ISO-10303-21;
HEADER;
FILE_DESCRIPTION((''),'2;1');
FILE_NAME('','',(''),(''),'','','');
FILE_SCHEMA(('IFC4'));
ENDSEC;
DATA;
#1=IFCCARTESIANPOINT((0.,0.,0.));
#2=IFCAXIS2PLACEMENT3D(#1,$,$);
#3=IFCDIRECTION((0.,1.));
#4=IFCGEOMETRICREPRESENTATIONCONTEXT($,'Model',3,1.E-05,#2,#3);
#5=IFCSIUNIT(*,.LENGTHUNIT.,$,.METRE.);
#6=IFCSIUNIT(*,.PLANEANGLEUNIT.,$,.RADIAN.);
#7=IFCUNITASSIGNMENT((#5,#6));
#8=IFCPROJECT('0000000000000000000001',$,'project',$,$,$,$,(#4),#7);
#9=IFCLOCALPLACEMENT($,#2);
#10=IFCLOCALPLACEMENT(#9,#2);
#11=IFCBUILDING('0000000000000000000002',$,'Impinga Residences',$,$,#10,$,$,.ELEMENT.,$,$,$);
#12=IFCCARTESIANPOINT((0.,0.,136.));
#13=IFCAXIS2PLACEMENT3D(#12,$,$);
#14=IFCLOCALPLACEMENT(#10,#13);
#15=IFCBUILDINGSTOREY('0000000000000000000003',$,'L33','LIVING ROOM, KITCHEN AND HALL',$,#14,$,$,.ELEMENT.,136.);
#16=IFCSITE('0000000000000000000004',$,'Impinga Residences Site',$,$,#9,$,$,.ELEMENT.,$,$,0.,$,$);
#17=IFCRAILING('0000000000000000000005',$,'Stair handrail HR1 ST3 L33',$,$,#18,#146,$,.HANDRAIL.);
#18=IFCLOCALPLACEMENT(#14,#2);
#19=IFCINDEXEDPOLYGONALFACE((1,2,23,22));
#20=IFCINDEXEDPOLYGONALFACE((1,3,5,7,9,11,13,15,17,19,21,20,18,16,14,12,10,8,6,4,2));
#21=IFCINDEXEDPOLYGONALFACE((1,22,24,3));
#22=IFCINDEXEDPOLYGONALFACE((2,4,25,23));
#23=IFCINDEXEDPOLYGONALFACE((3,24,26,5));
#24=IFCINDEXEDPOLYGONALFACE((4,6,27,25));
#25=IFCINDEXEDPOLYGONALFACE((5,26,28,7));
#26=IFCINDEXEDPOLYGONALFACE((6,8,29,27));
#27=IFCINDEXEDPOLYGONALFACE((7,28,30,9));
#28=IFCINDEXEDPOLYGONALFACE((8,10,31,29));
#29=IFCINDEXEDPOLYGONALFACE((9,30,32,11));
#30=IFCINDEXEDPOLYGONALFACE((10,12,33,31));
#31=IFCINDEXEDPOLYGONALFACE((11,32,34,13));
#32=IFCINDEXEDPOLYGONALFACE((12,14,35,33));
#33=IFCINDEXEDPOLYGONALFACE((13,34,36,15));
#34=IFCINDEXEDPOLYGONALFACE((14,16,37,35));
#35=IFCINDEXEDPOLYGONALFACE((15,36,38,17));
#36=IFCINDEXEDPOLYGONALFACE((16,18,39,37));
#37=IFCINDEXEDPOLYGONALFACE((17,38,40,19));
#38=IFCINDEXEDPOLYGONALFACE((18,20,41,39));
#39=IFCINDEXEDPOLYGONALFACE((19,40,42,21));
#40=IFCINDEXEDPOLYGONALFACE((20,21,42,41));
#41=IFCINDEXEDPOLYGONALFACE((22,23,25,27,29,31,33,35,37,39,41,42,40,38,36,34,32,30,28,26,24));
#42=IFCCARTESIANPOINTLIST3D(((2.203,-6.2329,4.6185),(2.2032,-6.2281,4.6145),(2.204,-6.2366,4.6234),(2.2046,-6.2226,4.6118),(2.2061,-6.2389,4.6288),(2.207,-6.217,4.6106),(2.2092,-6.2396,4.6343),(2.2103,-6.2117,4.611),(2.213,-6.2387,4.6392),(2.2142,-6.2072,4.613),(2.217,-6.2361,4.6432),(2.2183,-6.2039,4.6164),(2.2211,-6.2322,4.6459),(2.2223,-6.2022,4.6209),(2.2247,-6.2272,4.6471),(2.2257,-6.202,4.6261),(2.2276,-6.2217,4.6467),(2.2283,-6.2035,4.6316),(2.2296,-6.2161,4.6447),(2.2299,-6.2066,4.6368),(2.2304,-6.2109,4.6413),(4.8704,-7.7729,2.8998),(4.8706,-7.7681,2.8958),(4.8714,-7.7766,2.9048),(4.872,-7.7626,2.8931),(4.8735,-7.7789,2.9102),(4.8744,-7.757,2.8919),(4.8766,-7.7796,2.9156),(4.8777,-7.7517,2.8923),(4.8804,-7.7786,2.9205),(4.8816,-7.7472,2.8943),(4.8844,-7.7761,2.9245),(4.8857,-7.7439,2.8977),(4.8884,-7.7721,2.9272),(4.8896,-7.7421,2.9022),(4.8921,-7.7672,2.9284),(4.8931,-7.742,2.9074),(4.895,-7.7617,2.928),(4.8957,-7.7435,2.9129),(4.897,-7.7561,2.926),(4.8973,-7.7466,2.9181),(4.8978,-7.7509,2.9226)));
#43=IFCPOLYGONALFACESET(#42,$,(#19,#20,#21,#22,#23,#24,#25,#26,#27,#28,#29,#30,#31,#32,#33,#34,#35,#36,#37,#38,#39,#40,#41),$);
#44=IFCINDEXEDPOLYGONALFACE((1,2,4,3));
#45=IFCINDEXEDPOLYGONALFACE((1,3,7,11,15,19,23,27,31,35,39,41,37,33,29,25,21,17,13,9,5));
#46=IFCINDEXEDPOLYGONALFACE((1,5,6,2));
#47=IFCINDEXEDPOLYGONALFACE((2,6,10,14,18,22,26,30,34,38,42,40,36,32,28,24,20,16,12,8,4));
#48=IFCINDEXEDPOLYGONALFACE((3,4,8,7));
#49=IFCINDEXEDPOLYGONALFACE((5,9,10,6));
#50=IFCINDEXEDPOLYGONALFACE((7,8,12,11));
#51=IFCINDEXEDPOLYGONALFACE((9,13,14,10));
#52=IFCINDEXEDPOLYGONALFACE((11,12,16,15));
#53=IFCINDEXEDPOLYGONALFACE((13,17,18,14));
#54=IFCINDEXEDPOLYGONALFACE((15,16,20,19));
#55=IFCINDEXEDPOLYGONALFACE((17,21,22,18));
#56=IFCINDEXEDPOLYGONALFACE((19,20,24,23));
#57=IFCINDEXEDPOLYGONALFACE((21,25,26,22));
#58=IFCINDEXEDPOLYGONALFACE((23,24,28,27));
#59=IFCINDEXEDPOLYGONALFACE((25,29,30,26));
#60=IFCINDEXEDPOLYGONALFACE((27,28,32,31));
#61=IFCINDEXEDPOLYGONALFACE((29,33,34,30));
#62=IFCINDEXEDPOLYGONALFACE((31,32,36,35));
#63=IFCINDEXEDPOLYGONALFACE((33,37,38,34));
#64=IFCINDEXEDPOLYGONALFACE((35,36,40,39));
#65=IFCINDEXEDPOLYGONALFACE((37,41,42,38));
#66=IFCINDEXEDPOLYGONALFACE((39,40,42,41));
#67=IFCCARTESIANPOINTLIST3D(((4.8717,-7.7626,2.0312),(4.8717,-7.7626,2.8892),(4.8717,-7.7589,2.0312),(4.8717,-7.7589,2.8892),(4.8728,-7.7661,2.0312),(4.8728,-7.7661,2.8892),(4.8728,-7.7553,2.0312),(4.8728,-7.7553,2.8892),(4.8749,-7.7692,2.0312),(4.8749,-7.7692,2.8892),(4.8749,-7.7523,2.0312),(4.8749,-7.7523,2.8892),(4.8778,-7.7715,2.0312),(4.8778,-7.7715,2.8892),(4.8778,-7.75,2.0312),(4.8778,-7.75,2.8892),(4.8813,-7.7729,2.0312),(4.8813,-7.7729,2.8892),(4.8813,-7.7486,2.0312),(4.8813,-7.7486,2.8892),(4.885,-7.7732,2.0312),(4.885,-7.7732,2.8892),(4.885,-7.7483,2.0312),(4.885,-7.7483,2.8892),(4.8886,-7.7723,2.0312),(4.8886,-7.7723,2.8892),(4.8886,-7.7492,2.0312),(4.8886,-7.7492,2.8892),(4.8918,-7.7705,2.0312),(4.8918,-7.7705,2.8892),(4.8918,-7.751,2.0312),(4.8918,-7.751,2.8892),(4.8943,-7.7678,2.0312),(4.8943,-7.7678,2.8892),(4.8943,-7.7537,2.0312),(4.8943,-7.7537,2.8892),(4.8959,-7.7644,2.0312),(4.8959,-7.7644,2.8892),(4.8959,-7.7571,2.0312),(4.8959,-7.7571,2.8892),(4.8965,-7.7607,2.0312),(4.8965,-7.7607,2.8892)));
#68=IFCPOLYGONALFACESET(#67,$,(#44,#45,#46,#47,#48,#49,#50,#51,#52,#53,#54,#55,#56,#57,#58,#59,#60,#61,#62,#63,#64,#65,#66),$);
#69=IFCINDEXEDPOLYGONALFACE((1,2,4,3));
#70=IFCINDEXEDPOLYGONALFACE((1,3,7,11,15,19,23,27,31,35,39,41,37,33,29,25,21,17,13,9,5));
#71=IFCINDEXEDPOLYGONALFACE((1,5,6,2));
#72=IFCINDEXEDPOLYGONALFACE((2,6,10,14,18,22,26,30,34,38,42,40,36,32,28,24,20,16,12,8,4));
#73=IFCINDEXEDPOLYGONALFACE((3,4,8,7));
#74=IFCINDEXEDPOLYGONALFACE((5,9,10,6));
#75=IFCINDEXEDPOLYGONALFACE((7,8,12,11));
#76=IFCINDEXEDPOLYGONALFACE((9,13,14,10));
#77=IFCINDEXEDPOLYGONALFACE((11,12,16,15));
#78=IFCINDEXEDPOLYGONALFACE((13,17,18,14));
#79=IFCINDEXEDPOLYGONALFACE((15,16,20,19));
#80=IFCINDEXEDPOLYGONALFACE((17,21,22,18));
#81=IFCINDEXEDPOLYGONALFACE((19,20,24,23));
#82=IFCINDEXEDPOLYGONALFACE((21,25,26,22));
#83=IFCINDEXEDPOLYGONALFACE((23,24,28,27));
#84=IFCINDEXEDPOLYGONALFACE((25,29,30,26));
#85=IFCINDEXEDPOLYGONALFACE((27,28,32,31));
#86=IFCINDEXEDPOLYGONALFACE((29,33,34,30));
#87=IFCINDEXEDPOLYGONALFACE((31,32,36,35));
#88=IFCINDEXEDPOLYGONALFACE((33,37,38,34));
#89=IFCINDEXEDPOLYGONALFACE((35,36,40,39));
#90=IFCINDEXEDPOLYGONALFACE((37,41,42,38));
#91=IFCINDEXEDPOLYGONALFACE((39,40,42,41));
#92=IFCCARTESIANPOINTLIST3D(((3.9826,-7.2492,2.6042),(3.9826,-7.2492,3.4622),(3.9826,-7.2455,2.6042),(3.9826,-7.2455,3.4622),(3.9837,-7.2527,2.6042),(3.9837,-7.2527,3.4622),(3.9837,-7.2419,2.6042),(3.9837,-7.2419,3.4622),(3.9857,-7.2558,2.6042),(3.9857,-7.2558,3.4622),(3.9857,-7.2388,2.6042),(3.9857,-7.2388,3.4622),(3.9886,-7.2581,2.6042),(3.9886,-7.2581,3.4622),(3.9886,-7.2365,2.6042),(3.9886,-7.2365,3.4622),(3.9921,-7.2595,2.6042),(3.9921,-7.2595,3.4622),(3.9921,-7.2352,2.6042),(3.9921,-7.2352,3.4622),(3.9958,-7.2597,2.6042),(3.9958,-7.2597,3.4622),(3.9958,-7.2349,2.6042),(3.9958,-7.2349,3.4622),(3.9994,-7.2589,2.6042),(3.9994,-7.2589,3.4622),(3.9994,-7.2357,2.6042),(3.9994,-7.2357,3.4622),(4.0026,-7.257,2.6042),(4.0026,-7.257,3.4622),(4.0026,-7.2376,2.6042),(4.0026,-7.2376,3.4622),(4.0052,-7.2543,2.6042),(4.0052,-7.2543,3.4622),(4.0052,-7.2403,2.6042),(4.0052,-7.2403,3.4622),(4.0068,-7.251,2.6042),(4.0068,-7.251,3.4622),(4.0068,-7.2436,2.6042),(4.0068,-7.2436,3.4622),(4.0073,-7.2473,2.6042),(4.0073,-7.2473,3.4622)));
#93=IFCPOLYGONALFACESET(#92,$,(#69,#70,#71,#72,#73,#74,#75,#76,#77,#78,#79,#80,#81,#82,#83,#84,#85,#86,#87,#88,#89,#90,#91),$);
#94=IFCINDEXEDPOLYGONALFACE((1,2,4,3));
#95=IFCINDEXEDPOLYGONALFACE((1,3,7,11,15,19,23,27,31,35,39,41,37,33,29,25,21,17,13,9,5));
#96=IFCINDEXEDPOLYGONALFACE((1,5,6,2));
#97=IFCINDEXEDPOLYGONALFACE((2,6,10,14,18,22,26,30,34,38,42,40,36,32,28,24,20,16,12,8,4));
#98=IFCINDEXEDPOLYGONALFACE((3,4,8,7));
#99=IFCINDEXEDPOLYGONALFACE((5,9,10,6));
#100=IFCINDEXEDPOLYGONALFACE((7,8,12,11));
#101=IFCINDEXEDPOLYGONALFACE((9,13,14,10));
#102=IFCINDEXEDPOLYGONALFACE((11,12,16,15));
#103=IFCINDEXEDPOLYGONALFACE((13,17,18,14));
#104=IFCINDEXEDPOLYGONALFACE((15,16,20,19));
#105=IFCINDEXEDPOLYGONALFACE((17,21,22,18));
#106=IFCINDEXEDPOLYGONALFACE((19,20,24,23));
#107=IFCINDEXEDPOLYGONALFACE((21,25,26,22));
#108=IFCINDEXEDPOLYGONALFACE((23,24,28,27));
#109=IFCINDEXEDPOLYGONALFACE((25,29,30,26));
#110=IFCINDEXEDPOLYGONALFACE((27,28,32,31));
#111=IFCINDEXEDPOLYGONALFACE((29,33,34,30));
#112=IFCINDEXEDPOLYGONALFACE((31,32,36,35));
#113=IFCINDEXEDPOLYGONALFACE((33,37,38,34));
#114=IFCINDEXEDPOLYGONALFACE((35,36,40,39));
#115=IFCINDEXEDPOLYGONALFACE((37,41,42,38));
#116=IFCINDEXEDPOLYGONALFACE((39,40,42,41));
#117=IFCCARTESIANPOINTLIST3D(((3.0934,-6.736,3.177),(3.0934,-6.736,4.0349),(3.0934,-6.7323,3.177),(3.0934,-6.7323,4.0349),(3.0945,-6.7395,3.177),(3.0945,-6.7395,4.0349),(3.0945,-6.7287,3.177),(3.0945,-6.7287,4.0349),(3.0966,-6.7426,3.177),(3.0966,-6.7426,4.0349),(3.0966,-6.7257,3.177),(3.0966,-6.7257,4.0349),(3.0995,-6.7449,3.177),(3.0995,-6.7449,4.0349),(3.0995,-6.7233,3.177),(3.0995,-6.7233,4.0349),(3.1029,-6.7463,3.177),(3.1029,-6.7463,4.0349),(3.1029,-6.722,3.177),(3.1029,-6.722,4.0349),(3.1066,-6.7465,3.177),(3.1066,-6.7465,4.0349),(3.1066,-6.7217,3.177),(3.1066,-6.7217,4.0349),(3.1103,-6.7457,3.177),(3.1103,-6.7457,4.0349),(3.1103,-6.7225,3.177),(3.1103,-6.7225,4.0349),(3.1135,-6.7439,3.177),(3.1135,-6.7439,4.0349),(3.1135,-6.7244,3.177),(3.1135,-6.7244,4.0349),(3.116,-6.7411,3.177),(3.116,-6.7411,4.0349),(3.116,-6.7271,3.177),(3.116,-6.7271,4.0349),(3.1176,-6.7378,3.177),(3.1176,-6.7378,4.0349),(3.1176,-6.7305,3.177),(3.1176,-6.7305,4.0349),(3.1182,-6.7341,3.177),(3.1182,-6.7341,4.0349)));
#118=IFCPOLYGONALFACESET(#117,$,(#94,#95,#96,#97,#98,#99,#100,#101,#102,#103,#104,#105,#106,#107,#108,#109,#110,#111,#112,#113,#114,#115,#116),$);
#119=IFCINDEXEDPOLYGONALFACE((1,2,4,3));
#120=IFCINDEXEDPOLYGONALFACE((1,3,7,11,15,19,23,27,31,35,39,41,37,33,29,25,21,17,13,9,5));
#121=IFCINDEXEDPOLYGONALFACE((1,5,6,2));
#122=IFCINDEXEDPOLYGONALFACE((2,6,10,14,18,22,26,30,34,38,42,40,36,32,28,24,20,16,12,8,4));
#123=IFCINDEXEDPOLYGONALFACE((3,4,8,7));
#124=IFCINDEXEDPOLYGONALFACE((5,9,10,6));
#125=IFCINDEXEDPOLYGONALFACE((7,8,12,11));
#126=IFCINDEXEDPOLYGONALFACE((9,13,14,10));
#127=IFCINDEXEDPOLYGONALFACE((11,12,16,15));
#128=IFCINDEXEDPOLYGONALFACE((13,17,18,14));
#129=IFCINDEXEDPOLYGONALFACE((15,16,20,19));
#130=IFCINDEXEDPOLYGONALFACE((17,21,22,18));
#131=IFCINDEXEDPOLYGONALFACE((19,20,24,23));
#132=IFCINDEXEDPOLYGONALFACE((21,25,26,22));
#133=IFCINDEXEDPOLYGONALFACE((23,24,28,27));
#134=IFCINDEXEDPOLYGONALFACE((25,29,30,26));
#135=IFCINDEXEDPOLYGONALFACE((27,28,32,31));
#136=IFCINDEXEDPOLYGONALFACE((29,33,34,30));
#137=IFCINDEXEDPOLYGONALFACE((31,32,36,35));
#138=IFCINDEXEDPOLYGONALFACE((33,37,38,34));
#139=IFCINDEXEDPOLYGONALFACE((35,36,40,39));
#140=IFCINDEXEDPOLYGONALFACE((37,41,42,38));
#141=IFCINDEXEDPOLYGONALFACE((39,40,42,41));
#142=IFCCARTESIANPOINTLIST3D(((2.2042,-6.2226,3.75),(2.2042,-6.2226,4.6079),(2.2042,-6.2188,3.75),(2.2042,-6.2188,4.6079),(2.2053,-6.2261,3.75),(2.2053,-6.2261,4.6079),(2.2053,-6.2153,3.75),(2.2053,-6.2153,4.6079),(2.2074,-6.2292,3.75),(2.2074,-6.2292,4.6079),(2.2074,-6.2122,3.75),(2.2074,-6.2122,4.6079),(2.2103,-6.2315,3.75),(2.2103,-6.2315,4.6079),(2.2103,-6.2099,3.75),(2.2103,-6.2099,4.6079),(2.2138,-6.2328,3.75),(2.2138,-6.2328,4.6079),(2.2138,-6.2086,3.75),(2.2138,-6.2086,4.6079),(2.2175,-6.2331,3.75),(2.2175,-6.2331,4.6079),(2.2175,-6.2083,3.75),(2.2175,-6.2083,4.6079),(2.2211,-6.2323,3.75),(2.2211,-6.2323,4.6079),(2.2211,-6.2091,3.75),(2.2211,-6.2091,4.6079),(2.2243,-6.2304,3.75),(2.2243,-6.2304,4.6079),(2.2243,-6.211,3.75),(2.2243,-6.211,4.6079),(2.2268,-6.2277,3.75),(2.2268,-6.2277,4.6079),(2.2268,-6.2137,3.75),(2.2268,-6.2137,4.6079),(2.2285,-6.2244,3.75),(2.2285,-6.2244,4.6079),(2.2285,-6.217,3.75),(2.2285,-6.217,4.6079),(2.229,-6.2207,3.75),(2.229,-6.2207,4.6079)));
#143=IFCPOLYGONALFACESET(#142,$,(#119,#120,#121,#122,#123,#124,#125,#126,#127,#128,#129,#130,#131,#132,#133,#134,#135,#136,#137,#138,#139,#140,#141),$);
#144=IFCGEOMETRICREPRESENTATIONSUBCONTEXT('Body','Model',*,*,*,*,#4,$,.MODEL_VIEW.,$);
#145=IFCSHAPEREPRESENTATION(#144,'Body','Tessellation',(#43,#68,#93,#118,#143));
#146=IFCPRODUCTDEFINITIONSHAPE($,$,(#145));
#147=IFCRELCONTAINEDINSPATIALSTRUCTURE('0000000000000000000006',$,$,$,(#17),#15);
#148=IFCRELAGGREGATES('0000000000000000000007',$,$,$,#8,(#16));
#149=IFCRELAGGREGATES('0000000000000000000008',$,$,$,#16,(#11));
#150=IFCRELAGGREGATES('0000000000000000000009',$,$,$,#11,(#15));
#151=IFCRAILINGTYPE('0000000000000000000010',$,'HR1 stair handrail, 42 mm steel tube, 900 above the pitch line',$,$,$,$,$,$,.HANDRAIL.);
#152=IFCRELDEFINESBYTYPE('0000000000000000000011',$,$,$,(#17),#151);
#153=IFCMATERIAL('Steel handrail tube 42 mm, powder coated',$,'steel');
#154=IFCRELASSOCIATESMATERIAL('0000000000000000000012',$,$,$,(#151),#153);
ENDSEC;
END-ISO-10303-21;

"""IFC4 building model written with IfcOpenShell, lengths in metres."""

from ifc_helpers import new_model, si_unit, direction, frame, origin, origin_2d, place, context, subcontext, project, spatial, circle, extrude, material, type_object, element, save


model = new_model("IFC4")

# Units and contexts
model_context = context("Model", 3, precision=1e-05, world=origin(), true_north=direction((0.0, 1.0)))
body_context = subcontext(model_context, "Body", "Model", "MODEL_VIEW")
ifc_project = project(units=[si_unit("LENGTHUNIT", "METRE"), si_unit("PLANEANGLEUNIT", "RADIAN")], contexts=[model_context])

# Site, building, storey
site_placement = place(None, origin())
site = spatial("IfcSite", under=ifc_project, at=site_placement, Name="Impinga Residences Site", CompositionType="ELEMENT", RefElevation=0.0)
building_placement = place(site_placement, origin())
building = spatial("IfcBuilding", under=site, at=building_placement, Name="Impinga Residences", CompositionType="ELEMENT")
storey_placement = place(building_placement, frame((0.0, 0.0, 136.0)))
storey = spatial("IfcBuildingStorey", under=building, at=storey_placement, Name="L33", Description="LIVING ROOM, KITCHEN AND HALL", CompositionType="ELEMENT", Elevation=136.0)

# Railing
ifc_material_1 = material(Name="Steel handrail tube 42 mm, powder coated", Category="steel")
railing_type_1 = type_object("IfcRailingType", Name="HR1 stair handrail, 42 mm steel tube, 900 above the pitch line", PredefinedType="HANDRAIL", material=ifc_material_1)
railing_1_placement = place(storey_placement, frame((4.884, -7.7607, 2.0312)))
element("IfcRailing", 1, at=railing_1_placement, inside=storey, type_object=railing_type_1, Name="Stair handrail HR1 ST3 L33", PredefinedType="HANDRAIL", context=body_context, shape_type="SweptSolid", body=[
    extrude(circle(Radius=0.021, at=origin_2d()), frame((0.0, 0.0, 0.8789), z_axis=(-0.756256, 0.436616, 0.487282), x_axis=(-0.499992, -0.86603, 0.0)), (0.0, 0.0, 1.0), 3.5271),
    extrude(circle(Radius=0.0125, at=origin_2d()), origin(), (0.0, 0.0, 1.0), 0.8579),
    extrude(circle(Radius=0.0125, at=origin_2d()), frame((-0.8892, 0.5134, 0.573)), (0.0, 0.0, 1.0), 0.8579),
    extrude(circle(Radius=0.0125, at=origin_2d()), frame((-1.7783, 1.0266, 1.1458)), (0.0, 0.0, 1.0), 0.8579),
    extrude(circle(Radius=0.0125, at=origin_2d()), frame((-2.6675, 1.54, 1.7188)), (0.0, 0.0, 1.0), 0.8579),
])

save(model, "model.ifc")
